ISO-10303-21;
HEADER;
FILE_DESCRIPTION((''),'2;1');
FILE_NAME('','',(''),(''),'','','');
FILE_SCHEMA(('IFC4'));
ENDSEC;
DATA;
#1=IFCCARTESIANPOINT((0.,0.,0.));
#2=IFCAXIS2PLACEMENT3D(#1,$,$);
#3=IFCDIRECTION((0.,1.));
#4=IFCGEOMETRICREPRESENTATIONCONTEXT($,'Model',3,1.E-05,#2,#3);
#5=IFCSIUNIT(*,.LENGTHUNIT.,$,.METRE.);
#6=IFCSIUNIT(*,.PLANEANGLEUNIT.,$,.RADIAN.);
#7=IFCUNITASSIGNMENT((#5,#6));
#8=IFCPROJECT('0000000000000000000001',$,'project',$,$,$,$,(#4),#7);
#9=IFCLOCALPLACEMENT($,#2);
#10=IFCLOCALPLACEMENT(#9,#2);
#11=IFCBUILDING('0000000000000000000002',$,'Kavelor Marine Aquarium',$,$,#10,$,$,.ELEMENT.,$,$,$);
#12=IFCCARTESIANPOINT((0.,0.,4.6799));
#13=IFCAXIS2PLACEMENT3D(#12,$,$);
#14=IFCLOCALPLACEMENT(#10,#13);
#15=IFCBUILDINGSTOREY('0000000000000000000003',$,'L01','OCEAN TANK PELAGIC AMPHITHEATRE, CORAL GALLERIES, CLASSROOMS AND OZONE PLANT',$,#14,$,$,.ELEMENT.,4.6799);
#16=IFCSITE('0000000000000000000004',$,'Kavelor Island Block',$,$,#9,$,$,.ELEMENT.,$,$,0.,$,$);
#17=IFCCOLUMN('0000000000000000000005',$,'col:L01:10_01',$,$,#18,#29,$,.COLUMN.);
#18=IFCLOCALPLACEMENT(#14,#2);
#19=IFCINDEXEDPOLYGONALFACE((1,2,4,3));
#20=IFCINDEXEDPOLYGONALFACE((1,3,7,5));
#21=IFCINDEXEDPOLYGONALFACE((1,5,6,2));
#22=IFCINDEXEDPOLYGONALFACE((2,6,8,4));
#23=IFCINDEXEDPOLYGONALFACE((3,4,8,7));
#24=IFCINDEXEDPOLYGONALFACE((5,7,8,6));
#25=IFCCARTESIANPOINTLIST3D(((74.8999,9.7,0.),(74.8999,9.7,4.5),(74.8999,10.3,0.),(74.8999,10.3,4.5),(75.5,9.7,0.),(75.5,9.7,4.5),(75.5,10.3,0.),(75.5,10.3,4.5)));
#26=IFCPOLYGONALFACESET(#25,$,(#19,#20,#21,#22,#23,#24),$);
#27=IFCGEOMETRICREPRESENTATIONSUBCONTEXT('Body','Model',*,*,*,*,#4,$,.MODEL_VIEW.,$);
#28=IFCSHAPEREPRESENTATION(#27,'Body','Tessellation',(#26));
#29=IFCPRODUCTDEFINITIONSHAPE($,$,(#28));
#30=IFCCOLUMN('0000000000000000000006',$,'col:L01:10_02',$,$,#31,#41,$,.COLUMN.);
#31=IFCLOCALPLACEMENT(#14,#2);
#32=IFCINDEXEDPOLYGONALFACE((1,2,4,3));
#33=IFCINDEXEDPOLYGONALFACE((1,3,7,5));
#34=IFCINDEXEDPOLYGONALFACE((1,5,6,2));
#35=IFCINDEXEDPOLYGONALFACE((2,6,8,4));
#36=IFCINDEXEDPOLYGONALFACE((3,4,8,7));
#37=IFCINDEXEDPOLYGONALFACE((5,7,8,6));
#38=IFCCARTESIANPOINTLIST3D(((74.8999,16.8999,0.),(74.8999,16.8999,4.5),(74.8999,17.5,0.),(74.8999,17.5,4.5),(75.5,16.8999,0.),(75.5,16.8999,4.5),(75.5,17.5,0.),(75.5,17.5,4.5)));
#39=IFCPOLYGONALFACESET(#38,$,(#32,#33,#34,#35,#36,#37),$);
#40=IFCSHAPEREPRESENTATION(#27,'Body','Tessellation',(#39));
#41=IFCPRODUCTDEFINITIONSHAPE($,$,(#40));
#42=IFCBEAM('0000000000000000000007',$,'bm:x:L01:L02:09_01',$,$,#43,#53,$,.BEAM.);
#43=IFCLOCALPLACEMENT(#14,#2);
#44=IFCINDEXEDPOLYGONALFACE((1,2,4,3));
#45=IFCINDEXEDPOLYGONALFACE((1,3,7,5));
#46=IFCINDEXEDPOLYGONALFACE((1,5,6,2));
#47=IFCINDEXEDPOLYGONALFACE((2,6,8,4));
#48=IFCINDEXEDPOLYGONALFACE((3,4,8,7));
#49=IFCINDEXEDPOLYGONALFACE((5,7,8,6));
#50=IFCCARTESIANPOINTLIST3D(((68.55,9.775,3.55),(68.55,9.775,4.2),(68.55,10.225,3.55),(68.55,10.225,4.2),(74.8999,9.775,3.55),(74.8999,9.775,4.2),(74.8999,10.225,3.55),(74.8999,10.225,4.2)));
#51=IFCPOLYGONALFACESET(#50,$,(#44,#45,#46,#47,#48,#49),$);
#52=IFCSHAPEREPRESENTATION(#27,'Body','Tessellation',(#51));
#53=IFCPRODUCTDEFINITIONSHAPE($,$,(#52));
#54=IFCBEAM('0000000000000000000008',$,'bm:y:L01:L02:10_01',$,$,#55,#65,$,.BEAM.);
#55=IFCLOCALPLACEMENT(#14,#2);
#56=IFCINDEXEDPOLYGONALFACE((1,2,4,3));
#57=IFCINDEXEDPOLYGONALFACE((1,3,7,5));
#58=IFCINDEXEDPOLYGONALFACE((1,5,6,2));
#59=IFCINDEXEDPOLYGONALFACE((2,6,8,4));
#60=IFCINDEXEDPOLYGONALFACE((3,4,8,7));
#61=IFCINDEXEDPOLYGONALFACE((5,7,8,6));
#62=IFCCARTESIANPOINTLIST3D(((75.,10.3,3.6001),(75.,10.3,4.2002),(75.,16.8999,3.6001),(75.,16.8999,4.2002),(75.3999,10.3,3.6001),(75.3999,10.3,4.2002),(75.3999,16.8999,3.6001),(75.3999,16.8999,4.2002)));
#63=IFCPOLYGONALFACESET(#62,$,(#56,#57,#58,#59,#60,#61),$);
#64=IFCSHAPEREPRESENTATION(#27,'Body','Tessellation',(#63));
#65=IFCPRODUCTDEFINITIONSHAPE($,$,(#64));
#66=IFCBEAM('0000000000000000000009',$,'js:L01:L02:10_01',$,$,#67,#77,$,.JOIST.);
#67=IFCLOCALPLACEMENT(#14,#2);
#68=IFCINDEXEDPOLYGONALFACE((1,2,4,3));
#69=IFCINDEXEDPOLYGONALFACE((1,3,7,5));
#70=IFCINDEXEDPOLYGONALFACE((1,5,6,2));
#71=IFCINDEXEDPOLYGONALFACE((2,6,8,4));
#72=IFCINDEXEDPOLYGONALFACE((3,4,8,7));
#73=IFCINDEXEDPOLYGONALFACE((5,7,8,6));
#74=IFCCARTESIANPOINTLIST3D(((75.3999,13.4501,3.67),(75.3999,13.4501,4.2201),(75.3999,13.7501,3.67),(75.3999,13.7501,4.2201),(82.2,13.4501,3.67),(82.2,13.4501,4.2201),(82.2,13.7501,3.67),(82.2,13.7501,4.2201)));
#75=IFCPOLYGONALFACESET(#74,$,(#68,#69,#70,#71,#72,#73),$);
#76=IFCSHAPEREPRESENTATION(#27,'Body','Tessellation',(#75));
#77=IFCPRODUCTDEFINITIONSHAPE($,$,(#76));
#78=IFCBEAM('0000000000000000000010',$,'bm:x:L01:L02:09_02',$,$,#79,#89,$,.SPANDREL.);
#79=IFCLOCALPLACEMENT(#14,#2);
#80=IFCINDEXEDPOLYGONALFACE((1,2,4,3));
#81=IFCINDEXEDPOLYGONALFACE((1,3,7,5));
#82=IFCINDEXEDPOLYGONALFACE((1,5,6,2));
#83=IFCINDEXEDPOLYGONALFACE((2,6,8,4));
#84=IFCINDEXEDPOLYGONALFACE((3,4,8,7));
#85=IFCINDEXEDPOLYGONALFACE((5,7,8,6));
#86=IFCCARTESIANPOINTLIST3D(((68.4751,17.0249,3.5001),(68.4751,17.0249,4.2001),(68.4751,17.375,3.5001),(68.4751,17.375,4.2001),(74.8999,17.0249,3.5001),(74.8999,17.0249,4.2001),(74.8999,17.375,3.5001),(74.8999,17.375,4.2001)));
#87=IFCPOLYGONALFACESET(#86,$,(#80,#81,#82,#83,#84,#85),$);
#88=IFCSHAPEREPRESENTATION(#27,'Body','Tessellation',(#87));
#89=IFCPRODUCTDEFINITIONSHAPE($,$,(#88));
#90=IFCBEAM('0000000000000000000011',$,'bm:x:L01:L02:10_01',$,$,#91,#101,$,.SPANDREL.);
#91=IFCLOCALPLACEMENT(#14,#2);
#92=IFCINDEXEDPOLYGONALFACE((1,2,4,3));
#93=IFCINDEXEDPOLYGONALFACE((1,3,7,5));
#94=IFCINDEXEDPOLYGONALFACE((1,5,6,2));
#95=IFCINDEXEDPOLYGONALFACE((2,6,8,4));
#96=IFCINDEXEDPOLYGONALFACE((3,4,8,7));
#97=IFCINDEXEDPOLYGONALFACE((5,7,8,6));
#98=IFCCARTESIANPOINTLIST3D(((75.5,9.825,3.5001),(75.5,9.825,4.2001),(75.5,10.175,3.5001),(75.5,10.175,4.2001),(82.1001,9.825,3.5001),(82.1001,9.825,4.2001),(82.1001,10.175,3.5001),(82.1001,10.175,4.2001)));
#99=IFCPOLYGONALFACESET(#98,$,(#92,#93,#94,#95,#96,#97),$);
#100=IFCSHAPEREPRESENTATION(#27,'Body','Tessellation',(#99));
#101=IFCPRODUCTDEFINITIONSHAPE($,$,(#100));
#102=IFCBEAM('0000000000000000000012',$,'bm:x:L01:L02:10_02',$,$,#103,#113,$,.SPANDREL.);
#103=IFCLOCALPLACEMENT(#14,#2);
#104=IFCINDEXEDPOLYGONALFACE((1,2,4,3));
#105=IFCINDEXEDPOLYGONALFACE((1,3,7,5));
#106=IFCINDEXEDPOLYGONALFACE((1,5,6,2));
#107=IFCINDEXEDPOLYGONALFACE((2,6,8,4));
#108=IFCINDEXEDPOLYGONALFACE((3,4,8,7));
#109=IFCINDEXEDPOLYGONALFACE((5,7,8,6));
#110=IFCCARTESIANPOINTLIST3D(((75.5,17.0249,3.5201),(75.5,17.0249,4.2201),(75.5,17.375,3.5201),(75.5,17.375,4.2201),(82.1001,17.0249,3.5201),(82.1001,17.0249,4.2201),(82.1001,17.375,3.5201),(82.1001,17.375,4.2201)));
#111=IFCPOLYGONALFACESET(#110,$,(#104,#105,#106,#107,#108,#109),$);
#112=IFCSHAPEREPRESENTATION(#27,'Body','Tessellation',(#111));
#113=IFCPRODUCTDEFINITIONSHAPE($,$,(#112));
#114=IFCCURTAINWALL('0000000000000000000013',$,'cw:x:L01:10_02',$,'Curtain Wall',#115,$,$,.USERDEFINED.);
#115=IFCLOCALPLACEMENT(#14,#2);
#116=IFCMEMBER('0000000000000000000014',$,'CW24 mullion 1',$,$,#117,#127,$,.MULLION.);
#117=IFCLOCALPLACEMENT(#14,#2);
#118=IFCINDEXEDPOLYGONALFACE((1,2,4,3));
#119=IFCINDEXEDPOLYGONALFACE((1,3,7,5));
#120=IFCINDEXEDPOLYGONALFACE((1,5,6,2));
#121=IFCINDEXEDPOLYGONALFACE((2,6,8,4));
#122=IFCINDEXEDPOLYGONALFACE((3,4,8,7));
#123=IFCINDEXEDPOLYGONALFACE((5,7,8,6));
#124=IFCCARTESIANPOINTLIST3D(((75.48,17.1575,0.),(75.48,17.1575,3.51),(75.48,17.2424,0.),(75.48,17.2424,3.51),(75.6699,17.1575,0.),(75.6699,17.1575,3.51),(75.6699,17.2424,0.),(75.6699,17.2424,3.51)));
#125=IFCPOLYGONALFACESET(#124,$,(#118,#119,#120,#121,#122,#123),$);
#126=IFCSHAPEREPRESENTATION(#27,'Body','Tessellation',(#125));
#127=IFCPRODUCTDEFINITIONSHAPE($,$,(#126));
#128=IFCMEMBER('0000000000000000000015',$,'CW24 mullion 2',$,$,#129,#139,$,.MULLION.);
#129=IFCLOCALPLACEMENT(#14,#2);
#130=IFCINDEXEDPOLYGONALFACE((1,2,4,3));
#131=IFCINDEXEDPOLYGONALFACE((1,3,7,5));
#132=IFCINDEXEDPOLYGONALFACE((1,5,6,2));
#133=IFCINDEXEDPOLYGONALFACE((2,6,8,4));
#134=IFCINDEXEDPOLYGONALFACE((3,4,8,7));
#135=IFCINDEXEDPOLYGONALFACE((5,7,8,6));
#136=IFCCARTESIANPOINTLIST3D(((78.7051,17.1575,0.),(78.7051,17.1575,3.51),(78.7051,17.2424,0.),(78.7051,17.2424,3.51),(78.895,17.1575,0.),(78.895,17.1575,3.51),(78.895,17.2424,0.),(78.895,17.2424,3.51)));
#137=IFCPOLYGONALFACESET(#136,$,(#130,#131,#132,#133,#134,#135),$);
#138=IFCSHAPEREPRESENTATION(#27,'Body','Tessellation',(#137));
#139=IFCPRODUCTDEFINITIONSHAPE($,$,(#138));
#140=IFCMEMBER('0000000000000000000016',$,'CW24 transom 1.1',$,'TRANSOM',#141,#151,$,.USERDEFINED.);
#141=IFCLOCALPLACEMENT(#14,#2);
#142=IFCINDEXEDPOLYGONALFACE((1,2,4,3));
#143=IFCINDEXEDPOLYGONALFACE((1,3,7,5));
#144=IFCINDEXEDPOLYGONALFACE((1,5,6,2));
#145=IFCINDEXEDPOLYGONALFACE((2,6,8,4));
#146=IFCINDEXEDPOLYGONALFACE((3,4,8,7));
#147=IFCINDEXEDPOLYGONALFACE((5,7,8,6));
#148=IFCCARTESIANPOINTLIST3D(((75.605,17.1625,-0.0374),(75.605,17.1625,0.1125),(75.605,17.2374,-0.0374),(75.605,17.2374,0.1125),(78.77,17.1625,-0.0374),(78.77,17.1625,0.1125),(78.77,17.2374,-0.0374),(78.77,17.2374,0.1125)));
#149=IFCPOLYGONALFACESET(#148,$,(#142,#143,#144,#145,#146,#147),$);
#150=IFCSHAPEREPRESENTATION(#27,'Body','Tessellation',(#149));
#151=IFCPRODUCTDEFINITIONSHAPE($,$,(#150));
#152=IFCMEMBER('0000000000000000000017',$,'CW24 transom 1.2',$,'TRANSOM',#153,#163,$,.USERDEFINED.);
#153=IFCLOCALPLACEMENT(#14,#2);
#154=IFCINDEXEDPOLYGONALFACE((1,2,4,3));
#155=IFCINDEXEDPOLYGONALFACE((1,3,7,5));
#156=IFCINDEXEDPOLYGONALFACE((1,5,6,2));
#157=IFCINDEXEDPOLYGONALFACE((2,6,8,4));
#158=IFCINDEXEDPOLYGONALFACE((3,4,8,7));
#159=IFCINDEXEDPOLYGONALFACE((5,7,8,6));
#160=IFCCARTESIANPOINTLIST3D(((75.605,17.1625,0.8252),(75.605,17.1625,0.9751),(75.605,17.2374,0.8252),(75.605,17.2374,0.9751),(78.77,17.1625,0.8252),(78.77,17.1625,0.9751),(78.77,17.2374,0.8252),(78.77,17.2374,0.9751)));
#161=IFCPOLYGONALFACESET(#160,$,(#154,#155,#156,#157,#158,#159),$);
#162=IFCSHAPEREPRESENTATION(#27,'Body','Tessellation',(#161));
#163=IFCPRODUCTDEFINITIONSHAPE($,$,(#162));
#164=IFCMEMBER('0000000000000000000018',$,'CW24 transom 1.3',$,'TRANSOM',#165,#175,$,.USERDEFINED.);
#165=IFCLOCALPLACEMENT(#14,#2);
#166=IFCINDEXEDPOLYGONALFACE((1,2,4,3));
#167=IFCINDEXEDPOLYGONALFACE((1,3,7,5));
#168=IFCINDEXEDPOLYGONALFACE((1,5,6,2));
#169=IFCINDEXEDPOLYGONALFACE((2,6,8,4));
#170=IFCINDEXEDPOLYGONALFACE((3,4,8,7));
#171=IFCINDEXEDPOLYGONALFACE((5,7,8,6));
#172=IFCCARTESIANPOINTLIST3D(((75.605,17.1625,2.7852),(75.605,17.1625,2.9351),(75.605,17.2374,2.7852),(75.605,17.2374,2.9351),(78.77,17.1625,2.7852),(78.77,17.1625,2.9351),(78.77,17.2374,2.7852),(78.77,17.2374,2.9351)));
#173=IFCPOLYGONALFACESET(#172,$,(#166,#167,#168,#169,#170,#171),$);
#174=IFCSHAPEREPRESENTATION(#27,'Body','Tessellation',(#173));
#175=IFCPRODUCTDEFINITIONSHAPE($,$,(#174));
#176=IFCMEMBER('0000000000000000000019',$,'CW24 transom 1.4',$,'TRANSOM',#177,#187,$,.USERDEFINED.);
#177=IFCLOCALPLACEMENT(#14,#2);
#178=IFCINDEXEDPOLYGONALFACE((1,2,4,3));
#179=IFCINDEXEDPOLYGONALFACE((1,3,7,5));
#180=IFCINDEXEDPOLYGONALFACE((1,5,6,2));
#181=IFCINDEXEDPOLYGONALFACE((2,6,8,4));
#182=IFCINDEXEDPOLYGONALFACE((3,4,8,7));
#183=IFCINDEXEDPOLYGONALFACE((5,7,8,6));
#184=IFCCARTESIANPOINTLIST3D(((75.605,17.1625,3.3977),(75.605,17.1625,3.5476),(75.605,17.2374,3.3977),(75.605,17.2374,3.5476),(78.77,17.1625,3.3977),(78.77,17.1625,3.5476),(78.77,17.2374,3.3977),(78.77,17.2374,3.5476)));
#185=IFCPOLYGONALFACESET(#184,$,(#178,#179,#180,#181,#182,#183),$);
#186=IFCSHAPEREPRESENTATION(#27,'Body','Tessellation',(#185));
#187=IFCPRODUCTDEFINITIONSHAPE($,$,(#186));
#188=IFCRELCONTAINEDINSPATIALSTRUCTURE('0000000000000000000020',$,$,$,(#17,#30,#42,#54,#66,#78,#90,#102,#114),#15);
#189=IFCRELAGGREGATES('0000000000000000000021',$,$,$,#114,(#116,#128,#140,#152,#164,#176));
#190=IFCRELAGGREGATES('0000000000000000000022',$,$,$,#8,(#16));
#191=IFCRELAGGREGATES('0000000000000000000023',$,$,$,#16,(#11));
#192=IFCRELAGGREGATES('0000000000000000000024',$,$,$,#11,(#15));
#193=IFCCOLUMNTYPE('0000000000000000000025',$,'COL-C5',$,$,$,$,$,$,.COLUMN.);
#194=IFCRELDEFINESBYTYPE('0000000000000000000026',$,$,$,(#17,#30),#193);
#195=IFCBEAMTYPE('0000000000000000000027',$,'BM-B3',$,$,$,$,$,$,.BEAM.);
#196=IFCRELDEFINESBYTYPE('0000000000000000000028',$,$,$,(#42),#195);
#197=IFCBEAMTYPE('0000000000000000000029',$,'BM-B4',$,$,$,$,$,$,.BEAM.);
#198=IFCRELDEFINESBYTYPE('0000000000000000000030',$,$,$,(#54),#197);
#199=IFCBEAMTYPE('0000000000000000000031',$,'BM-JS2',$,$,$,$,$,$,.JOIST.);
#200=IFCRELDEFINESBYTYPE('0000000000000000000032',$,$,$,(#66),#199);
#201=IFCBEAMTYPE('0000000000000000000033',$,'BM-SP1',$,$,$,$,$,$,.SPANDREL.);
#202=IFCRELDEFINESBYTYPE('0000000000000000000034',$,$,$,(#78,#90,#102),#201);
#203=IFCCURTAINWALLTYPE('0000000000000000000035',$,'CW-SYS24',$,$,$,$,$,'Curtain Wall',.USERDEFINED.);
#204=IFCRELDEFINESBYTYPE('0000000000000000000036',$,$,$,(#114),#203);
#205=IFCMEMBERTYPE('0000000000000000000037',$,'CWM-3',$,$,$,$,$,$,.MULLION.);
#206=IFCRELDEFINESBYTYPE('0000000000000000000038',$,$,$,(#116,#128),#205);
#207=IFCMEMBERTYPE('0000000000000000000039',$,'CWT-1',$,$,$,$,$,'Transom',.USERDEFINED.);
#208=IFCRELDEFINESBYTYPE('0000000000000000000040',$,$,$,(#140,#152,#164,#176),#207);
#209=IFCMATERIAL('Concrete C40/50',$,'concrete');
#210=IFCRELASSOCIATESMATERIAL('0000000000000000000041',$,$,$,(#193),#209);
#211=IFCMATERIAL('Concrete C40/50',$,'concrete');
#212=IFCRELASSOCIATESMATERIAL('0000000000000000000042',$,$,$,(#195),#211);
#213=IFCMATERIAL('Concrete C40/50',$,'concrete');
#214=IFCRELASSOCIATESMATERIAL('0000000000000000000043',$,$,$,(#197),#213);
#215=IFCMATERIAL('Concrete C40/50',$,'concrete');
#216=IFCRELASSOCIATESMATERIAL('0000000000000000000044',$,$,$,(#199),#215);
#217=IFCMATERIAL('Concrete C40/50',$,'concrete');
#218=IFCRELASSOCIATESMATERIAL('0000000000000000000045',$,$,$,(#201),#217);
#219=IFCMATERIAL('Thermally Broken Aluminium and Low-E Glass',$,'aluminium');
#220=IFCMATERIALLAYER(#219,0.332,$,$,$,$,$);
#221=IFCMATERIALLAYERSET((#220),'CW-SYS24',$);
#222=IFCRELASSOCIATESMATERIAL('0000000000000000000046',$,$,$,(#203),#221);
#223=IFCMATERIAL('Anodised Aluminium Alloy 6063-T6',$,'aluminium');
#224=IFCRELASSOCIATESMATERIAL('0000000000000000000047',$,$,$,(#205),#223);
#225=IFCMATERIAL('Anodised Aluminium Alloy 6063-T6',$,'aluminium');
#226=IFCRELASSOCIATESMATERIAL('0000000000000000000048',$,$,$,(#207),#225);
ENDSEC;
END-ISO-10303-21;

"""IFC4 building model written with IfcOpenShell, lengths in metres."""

from ifc_helpers import new_model, si_unit, direction, frame, origin, origin_2d, place, context, subcontext, project, spatial, rectangle, extrude, material, layer, layer_set, material_profile, profile_set, type_object, element, aggregate, save


model = new_model("IFC4")

# Units and contexts
model_context = context("Model", 3, precision=1e-05, world=origin(), true_north=direction((0.0, 1.0)))
body_context = subcontext(model_context, "Body", "Model", "MODEL_VIEW")
ifc_project = project(units=[si_unit("LENGTHUNIT", "METRE"), si_unit("PLANEANGLEUNIT", "RADIAN")], contexts=[model_context])

# Site, building, storey
site_placement = place(None, origin())
site = spatial("IfcSite", under=ifc_project, at=site_placement, Name="Kavelor Island Block", CompositionType="ELEMENT", RefElevation=0.0)
building_placement = place(site_placement, origin())
building = spatial("IfcBuilding", under=site, at=building_placement, Name="Kavelor Marine Aquarium", CompositionType="ELEMENT")
storey_placement = place(building_placement, frame((0.0, 0.0, 4.6799)))
storey = spatial("IfcBuildingStorey", under=building, at=storey_placement, Name="L01", Description="OCEAN TANK PELAGIC AMPHITHEATRE, CORAL GALLERIES, CLASSROOMS AND OZONE PLANT", CompositionType="ELEMENT", Elevation=4.6799)

# Columns
ifc_material_1 = material(Name="Concrete C40/50", Category="concrete")
ifc_material_profile_1 = material_profile(ifc_material_1, rectangle(XDim=0.6001, YDim=0.6001, at=origin_2d()), Name="RC-COL 600x600")
ifc_profile_set_1 = profile_set([ifc_material_profile_1], Name="Concrete C40/50")
column_type = type_object("IfcColumnType", Name="COL-C5", PredefinedType="COLUMN", material=ifc_profile_set_1)
for number, where, z_axis, x_axis, name in (
    (1, (75.2, 10.0, 0.0), (0.0, 0.0, 1.0), (1.0, 0.0, 0.0), "col:L01:10_01"),
    (2, (75.2, 17.2, 0.0), (0.0, 0.0, 1.0), (1.0, 0.0, 0.0), "col:L01:10_02"),
):
    element("IfcColumn", number, at=place(storey_placement, frame(where, z_axis=z_axis, x_axis=x_axis)), inside=storey, type_object=column_type, Name=name, PredefinedType="COLUMN", context=body_context, shape_type="SweptSolid", body=[
        extrude(rectangle(XDim=0.6001, YDim=0.6001, at=origin_2d()), origin(), (0.0, 0.0, 1.0), 4.5),
    ])

# Beams
ifc_material_2 = material(Name="Concrete C40/50", Category="concrete")
ifc_material_profile_2 = material_profile(ifc_material_2, rectangle(XDim=0.45, YDim=0.6499, at=origin_2d()), Name="RC-BM 450x650")
ifc_profile_set_2 = profile_set([ifc_material_profile_2], Name="Concrete C40/50")
beam_type_1 = type_object("IfcBeamType", Name="BM-B3", PredefinedType="BEAM", material=ifc_profile_set_2)
beam_1_placement = place(storey_placement, frame((68.55, 10.0, 3.875), z_axis=(1.0, 0.0, 0.0), x_axis=(0.0, 1.0, 0.0)))
element("IfcBeam", 3, at=beam_1_placement, inside=storey, type_object=beam_type_1, Name="bm:x:L01:L02:09_01", PredefinedType="BEAM", context=body_context, shape_type="SweptSolid", body=[
    extrude(rectangle(XDim=0.45, YDim=0.6499, at=origin_2d()), origin(), (0.0, 0.0, 1.0), 6.3499),
])
ifc_material_3 = material(Name="Concrete C40/50", Category="concrete")
ifc_material_profile_3 = material_profile(ifc_material_3, rectangle(XDim=0.3999, YDim=0.6001, at=origin_2d()), Name="RC-BM 400x600")
ifc_profile_set_3 = profile_set([ifc_material_profile_3], Name="Concrete C40/50")
beam_type_2 = type_object("IfcBeamType", Name="BM-B4", PredefinedType="BEAM", material=ifc_profile_set_3)
beam_2_placement = place(storey_placement, frame((75.2, 10.3, 3.9001), z_axis=(0.0, 1.0, 0.0), x_axis=(-1.0, 0.0, 0.0)))
element("IfcBeam", 4, at=beam_2_placement, inside=storey, type_object=beam_type_2, Name="bm:y:L01:L02:10_01", PredefinedType="BEAM", context=body_context, shape_type="SweptSolid", body=[
    extrude(rectangle(XDim=0.3999, YDim=0.6001, at=origin_2d()), origin(), (0.0, 0.0, 1.0), 6.5999),
])
ifc_material_4 = material(Name="Concrete C40/50", Category="concrete")
ifc_material_profile_4 = material_profile(ifc_material_4, rectangle(XDim=0.3, YDim=0.55, at=origin_2d()), Name="RC-JS 300x550")
ifc_profile_set_4 = profile_set([ifc_material_profile_4], Name="Concrete C40/50")
beam_type_3 = type_object("IfcBeamType", Name="BM-JS2", PredefinedType="JOIST", material=ifc_profile_set_4)
beam_3_placement = place(storey_placement, frame((75.3999, 13.6001, 3.9451), z_axis=(1.0, 0.0, 0.0), x_axis=(0.0, 1.0, 0.0)))
element("IfcBeam", 5, at=beam_3_placement, inside=storey, type_object=beam_type_3, Name="js:L01:L02:10_01", PredefinedType="JOIST", context=body_context, shape_type="SweptSolid", body=[
    extrude(rectangle(XDim=0.3, YDim=0.55, at=origin_2d()), origin(), (0.0, 0.0, 1.0), 6.8),
])
ifc_material_5 = material(Name="Concrete C40/50", Category="concrete")
ifc_material_profile_5 = material_profile(ifc_material_5, rectangle(XDim=0.3501, YDim=0.7, at=origin_2d()), Name="RC-SP 350x700")
ifc_profile_set_5 = profile_set([ifc_material_profile_5], Name="Concrete C40/50")
beam_type_4 = type_object("IfcBeamType", Name="BM-SP1", PredefinedType="SPANDREL", material=ifc_profile_set_5)
beam_4_placement = place(storey_placement, frame((68.4751, 17.2, 3.8501), z_axis=(1.0, 0.0, 0.0), x_axis=(0.0, 1.0, 0.0)))
element("IfcBeam", 6, at=beam_4_placement, inside=storey, type_object=beam_type_4, Name="bm:x:L01:L02:09_02", PredefinedType="SPANDREL", context=body_context, shape_type="SweptSolid", body=[
    extrude(rectangle(XDim=0.3501, YDim=0.7, at=origin_2d()), origin(), (0.0, 0.0, 1.0), 6.4248),
])
for number, where, z_axis, x_axis, name in (
    (7, (75.5, 10.0, 3.8501), (1.0, 0.0, 0.0), (0.0, 1.0, 0.0), "bm:x:L01:L02:10_01"),
    (8, (75.5, 17.2, 3.8701), (1.0, 0.0, 0.0), (0.0, 1.0, 0.0), "bm:x:L01:L02:10_02"),
):
    element("IfcBeam", number, at=place(storey_placement, frame(where, z_axis=z_axis, x_axis=x_axis)), inside=storey, type_object=beam_type_4, Name=name, PredefinedType="SPANDREL", context=body_context, shape_type="SweptSolid", body=[
        extrude(rectangle(XDim=0.3501, YDim=0.7, at=origin_2d()), origin(), (0.0, 0.0, 1.0), 6.6001),
    ])

# Curtain wall, members
ifc_material_6 = material(Name="Thermally Broken Aluminium and Low-E Glass", Category="aluminium")
ifc_layer_1 = layer(ifc_material_6, 0.332)
ifc_layer_set_1 = layer_set([ifc_layer_1], Name="CW-SYS24")
curtain_wall_type_1 = type_object("IfcCurtainWallType", Name="CW-SYS24", ElementType="Curtain Wall", PredefinedType="USERDEFINED", material=ifc_layer_set_1)
curtain_wall_1_placement = place(storey_placement, origin())
curtain_wall_1 = element("IfcCurtainWall", 9, at=curtain_wall_1_placement, inside=storey, type_object=curtain_wall_type_1, Name="cw:x:L01:10_02", ObjectType="Curtain Wall", PredefinedType="USERDEFINED")
ifc_material_7 = material(Name="Anodised Aluminium Alloy 6063-T6", Category="aluminium")
ifc_material_profile_6 = material_profile(ifc_material_7, rectangle(XDim=0.085, YDim=0.1899, at=origin_2d()), Name="CW-MUL 85x190")
ifc_profile_set_6 = profile_set([ifc_material_profile_6], Name="Anodised Aluminium Alloy 6063-T6")
member_type_1 = type_object("IfcMemberType", Name="CWM-3", PredefinedType="MULLION", material=ifc_profile_set_6)
member_1_placement = place(storey_placement, frame((75.575, 17.2, 0.0), z_axis=(0.0, 0.0, 1.0), x_axis=(0.0, 1.0, 0.0)))
member_1 = element("IfcMember", 10, at=member_1_placement, type_object=member_type_1, Name="CW24 mullion 1", PredefinedType="MULLION", context=body_context, shape_type="SweptSolid", body=[
    extrude(rectangle(XDim=0.085, YDim=0.1899, at=origin_2d()), origin(), (0.0, 0.0, 1.0), 3.51),
])
member_2_placement = place(storey_placement, frame((78.8, 17.2, 0.0), z_axis=(0.0, 0.0, 1.0), x_axis=(0.0, 1.0, 0.0)))
member_2 = element("IfcMember", 11, at=member_2_placement, type_object=member_type_1, Name="CW24 mullion 2", PredefinedType="MULLION", context=body_context, shape_type="SweptSolid", body=[
    extrude(rectangle(XDim=0.085, YDim=0.1899, at=origin_2d()), origin(), (0.0, 0.0, 1.0), 3.51),
])
ifc_material_8 = material(Name="Anodised Aluminium Alloy 6063-T6", Category="aluminium")
ifc_material_profile_7 = material_profile(ifc_material_8, rectangle(XDim=0.075, YDim=0.1499, at=origin_2d()), Name="CW-TRN 75x150")
ifc_profile_set_7 = profile_set([ifc_material_profile_7], Name="Anodised Aluminium Alloy 6063-T6")
member_type_2 = type_object("IfcMemberType", Name="CWT-1", ElementType="Transom", PredefinedType="USERDEFINED", material=ifc_profile_set_7)
member_3_placement = place(storey_placement, frame((75.605, 17.2, 0.0376), z_axis=(1.0, 0.0, 0.0), x_axis=(0.0, 1.0, 0.0)))
member_3 = element("IfcMember", 12, at=member_3_placement, type_object=member_type_2, Name="CW24 transom 1.1", ObjectType="TRANSOM", PredefinedType="USERDEFINED", context=body_context, shape_type="SweptSolid", body=[
    extrude(rectangle(XDim=0.075, YDim=0.1499, at=origin_2d()), origin(), (0.0, 0.0, 1.0), 3.165),
])
member_4_placement = place(storey_placement, frame((75.605, 17.2, 0.9001), z_axis=(1.0, 0.0, 0.0), x_axis=(0.0, 1.0, 0.0)))
member_4 = element("IfcMember", 13, at=member_4_placement, type_object=member_type_2, Name="CW24 transom 1.2", ObjectType="TRANSOM", PredefinedType="USERDEFINED", context=body_context, shape_type="SweptSolid", body=[
    extrude(rectangle(XDim=0.075, YDim=0.1499, at=origin_2d()), origin(), (0.0, 0.0, 1.0), 3.165),
])
member_5_placement = place(storey_placement, frame((75.605, 17.2, 2.8601), z_axis=(1.0, 0.0, 0.0), x_axis=(0.0, 1.0, 0.0)))
member_5 = element("IfcMember", 14, at=member_5_placement, type_object=member_type_2, Name="CW24 transom 1.3", ObjectType="TRANSOM", PredefinedType="USERDEFINED", context=body_context, shape_type="SweptSolid", body=[
    extrude(rectangle(XDim=0.075, YDim=0.1499, at=origin_2d()), origin(), (0.0, 0.0, 1.0), 3.165),
])
member_6_placement = place(storey_placement, frame((75.605, 17.2, 3.4727), z_axis=(1.0, 0.0, 0.0), x_axis=(0.0, 1.0, 0.0)))
member_6 = element("IfcMember", 15, at=member_6_placement, type_object=member_type_2, Name="CW24 transom 1.4", ObjectType="TRANSOM", PredefinedType="USERDEFINED", context=body_context, shape_type="SweptSolid", body=[
    extrude(rectangle(XDim=0.075, YDim=0.1499, at=origin_2d()), origin(), (0.0, 0.0, 1.0), 3.165),
])

aggregate(curtain_wall_1, [member_1, member_2, member_3, member_4, member_5, member_6])

save(model, "model.ifc")
